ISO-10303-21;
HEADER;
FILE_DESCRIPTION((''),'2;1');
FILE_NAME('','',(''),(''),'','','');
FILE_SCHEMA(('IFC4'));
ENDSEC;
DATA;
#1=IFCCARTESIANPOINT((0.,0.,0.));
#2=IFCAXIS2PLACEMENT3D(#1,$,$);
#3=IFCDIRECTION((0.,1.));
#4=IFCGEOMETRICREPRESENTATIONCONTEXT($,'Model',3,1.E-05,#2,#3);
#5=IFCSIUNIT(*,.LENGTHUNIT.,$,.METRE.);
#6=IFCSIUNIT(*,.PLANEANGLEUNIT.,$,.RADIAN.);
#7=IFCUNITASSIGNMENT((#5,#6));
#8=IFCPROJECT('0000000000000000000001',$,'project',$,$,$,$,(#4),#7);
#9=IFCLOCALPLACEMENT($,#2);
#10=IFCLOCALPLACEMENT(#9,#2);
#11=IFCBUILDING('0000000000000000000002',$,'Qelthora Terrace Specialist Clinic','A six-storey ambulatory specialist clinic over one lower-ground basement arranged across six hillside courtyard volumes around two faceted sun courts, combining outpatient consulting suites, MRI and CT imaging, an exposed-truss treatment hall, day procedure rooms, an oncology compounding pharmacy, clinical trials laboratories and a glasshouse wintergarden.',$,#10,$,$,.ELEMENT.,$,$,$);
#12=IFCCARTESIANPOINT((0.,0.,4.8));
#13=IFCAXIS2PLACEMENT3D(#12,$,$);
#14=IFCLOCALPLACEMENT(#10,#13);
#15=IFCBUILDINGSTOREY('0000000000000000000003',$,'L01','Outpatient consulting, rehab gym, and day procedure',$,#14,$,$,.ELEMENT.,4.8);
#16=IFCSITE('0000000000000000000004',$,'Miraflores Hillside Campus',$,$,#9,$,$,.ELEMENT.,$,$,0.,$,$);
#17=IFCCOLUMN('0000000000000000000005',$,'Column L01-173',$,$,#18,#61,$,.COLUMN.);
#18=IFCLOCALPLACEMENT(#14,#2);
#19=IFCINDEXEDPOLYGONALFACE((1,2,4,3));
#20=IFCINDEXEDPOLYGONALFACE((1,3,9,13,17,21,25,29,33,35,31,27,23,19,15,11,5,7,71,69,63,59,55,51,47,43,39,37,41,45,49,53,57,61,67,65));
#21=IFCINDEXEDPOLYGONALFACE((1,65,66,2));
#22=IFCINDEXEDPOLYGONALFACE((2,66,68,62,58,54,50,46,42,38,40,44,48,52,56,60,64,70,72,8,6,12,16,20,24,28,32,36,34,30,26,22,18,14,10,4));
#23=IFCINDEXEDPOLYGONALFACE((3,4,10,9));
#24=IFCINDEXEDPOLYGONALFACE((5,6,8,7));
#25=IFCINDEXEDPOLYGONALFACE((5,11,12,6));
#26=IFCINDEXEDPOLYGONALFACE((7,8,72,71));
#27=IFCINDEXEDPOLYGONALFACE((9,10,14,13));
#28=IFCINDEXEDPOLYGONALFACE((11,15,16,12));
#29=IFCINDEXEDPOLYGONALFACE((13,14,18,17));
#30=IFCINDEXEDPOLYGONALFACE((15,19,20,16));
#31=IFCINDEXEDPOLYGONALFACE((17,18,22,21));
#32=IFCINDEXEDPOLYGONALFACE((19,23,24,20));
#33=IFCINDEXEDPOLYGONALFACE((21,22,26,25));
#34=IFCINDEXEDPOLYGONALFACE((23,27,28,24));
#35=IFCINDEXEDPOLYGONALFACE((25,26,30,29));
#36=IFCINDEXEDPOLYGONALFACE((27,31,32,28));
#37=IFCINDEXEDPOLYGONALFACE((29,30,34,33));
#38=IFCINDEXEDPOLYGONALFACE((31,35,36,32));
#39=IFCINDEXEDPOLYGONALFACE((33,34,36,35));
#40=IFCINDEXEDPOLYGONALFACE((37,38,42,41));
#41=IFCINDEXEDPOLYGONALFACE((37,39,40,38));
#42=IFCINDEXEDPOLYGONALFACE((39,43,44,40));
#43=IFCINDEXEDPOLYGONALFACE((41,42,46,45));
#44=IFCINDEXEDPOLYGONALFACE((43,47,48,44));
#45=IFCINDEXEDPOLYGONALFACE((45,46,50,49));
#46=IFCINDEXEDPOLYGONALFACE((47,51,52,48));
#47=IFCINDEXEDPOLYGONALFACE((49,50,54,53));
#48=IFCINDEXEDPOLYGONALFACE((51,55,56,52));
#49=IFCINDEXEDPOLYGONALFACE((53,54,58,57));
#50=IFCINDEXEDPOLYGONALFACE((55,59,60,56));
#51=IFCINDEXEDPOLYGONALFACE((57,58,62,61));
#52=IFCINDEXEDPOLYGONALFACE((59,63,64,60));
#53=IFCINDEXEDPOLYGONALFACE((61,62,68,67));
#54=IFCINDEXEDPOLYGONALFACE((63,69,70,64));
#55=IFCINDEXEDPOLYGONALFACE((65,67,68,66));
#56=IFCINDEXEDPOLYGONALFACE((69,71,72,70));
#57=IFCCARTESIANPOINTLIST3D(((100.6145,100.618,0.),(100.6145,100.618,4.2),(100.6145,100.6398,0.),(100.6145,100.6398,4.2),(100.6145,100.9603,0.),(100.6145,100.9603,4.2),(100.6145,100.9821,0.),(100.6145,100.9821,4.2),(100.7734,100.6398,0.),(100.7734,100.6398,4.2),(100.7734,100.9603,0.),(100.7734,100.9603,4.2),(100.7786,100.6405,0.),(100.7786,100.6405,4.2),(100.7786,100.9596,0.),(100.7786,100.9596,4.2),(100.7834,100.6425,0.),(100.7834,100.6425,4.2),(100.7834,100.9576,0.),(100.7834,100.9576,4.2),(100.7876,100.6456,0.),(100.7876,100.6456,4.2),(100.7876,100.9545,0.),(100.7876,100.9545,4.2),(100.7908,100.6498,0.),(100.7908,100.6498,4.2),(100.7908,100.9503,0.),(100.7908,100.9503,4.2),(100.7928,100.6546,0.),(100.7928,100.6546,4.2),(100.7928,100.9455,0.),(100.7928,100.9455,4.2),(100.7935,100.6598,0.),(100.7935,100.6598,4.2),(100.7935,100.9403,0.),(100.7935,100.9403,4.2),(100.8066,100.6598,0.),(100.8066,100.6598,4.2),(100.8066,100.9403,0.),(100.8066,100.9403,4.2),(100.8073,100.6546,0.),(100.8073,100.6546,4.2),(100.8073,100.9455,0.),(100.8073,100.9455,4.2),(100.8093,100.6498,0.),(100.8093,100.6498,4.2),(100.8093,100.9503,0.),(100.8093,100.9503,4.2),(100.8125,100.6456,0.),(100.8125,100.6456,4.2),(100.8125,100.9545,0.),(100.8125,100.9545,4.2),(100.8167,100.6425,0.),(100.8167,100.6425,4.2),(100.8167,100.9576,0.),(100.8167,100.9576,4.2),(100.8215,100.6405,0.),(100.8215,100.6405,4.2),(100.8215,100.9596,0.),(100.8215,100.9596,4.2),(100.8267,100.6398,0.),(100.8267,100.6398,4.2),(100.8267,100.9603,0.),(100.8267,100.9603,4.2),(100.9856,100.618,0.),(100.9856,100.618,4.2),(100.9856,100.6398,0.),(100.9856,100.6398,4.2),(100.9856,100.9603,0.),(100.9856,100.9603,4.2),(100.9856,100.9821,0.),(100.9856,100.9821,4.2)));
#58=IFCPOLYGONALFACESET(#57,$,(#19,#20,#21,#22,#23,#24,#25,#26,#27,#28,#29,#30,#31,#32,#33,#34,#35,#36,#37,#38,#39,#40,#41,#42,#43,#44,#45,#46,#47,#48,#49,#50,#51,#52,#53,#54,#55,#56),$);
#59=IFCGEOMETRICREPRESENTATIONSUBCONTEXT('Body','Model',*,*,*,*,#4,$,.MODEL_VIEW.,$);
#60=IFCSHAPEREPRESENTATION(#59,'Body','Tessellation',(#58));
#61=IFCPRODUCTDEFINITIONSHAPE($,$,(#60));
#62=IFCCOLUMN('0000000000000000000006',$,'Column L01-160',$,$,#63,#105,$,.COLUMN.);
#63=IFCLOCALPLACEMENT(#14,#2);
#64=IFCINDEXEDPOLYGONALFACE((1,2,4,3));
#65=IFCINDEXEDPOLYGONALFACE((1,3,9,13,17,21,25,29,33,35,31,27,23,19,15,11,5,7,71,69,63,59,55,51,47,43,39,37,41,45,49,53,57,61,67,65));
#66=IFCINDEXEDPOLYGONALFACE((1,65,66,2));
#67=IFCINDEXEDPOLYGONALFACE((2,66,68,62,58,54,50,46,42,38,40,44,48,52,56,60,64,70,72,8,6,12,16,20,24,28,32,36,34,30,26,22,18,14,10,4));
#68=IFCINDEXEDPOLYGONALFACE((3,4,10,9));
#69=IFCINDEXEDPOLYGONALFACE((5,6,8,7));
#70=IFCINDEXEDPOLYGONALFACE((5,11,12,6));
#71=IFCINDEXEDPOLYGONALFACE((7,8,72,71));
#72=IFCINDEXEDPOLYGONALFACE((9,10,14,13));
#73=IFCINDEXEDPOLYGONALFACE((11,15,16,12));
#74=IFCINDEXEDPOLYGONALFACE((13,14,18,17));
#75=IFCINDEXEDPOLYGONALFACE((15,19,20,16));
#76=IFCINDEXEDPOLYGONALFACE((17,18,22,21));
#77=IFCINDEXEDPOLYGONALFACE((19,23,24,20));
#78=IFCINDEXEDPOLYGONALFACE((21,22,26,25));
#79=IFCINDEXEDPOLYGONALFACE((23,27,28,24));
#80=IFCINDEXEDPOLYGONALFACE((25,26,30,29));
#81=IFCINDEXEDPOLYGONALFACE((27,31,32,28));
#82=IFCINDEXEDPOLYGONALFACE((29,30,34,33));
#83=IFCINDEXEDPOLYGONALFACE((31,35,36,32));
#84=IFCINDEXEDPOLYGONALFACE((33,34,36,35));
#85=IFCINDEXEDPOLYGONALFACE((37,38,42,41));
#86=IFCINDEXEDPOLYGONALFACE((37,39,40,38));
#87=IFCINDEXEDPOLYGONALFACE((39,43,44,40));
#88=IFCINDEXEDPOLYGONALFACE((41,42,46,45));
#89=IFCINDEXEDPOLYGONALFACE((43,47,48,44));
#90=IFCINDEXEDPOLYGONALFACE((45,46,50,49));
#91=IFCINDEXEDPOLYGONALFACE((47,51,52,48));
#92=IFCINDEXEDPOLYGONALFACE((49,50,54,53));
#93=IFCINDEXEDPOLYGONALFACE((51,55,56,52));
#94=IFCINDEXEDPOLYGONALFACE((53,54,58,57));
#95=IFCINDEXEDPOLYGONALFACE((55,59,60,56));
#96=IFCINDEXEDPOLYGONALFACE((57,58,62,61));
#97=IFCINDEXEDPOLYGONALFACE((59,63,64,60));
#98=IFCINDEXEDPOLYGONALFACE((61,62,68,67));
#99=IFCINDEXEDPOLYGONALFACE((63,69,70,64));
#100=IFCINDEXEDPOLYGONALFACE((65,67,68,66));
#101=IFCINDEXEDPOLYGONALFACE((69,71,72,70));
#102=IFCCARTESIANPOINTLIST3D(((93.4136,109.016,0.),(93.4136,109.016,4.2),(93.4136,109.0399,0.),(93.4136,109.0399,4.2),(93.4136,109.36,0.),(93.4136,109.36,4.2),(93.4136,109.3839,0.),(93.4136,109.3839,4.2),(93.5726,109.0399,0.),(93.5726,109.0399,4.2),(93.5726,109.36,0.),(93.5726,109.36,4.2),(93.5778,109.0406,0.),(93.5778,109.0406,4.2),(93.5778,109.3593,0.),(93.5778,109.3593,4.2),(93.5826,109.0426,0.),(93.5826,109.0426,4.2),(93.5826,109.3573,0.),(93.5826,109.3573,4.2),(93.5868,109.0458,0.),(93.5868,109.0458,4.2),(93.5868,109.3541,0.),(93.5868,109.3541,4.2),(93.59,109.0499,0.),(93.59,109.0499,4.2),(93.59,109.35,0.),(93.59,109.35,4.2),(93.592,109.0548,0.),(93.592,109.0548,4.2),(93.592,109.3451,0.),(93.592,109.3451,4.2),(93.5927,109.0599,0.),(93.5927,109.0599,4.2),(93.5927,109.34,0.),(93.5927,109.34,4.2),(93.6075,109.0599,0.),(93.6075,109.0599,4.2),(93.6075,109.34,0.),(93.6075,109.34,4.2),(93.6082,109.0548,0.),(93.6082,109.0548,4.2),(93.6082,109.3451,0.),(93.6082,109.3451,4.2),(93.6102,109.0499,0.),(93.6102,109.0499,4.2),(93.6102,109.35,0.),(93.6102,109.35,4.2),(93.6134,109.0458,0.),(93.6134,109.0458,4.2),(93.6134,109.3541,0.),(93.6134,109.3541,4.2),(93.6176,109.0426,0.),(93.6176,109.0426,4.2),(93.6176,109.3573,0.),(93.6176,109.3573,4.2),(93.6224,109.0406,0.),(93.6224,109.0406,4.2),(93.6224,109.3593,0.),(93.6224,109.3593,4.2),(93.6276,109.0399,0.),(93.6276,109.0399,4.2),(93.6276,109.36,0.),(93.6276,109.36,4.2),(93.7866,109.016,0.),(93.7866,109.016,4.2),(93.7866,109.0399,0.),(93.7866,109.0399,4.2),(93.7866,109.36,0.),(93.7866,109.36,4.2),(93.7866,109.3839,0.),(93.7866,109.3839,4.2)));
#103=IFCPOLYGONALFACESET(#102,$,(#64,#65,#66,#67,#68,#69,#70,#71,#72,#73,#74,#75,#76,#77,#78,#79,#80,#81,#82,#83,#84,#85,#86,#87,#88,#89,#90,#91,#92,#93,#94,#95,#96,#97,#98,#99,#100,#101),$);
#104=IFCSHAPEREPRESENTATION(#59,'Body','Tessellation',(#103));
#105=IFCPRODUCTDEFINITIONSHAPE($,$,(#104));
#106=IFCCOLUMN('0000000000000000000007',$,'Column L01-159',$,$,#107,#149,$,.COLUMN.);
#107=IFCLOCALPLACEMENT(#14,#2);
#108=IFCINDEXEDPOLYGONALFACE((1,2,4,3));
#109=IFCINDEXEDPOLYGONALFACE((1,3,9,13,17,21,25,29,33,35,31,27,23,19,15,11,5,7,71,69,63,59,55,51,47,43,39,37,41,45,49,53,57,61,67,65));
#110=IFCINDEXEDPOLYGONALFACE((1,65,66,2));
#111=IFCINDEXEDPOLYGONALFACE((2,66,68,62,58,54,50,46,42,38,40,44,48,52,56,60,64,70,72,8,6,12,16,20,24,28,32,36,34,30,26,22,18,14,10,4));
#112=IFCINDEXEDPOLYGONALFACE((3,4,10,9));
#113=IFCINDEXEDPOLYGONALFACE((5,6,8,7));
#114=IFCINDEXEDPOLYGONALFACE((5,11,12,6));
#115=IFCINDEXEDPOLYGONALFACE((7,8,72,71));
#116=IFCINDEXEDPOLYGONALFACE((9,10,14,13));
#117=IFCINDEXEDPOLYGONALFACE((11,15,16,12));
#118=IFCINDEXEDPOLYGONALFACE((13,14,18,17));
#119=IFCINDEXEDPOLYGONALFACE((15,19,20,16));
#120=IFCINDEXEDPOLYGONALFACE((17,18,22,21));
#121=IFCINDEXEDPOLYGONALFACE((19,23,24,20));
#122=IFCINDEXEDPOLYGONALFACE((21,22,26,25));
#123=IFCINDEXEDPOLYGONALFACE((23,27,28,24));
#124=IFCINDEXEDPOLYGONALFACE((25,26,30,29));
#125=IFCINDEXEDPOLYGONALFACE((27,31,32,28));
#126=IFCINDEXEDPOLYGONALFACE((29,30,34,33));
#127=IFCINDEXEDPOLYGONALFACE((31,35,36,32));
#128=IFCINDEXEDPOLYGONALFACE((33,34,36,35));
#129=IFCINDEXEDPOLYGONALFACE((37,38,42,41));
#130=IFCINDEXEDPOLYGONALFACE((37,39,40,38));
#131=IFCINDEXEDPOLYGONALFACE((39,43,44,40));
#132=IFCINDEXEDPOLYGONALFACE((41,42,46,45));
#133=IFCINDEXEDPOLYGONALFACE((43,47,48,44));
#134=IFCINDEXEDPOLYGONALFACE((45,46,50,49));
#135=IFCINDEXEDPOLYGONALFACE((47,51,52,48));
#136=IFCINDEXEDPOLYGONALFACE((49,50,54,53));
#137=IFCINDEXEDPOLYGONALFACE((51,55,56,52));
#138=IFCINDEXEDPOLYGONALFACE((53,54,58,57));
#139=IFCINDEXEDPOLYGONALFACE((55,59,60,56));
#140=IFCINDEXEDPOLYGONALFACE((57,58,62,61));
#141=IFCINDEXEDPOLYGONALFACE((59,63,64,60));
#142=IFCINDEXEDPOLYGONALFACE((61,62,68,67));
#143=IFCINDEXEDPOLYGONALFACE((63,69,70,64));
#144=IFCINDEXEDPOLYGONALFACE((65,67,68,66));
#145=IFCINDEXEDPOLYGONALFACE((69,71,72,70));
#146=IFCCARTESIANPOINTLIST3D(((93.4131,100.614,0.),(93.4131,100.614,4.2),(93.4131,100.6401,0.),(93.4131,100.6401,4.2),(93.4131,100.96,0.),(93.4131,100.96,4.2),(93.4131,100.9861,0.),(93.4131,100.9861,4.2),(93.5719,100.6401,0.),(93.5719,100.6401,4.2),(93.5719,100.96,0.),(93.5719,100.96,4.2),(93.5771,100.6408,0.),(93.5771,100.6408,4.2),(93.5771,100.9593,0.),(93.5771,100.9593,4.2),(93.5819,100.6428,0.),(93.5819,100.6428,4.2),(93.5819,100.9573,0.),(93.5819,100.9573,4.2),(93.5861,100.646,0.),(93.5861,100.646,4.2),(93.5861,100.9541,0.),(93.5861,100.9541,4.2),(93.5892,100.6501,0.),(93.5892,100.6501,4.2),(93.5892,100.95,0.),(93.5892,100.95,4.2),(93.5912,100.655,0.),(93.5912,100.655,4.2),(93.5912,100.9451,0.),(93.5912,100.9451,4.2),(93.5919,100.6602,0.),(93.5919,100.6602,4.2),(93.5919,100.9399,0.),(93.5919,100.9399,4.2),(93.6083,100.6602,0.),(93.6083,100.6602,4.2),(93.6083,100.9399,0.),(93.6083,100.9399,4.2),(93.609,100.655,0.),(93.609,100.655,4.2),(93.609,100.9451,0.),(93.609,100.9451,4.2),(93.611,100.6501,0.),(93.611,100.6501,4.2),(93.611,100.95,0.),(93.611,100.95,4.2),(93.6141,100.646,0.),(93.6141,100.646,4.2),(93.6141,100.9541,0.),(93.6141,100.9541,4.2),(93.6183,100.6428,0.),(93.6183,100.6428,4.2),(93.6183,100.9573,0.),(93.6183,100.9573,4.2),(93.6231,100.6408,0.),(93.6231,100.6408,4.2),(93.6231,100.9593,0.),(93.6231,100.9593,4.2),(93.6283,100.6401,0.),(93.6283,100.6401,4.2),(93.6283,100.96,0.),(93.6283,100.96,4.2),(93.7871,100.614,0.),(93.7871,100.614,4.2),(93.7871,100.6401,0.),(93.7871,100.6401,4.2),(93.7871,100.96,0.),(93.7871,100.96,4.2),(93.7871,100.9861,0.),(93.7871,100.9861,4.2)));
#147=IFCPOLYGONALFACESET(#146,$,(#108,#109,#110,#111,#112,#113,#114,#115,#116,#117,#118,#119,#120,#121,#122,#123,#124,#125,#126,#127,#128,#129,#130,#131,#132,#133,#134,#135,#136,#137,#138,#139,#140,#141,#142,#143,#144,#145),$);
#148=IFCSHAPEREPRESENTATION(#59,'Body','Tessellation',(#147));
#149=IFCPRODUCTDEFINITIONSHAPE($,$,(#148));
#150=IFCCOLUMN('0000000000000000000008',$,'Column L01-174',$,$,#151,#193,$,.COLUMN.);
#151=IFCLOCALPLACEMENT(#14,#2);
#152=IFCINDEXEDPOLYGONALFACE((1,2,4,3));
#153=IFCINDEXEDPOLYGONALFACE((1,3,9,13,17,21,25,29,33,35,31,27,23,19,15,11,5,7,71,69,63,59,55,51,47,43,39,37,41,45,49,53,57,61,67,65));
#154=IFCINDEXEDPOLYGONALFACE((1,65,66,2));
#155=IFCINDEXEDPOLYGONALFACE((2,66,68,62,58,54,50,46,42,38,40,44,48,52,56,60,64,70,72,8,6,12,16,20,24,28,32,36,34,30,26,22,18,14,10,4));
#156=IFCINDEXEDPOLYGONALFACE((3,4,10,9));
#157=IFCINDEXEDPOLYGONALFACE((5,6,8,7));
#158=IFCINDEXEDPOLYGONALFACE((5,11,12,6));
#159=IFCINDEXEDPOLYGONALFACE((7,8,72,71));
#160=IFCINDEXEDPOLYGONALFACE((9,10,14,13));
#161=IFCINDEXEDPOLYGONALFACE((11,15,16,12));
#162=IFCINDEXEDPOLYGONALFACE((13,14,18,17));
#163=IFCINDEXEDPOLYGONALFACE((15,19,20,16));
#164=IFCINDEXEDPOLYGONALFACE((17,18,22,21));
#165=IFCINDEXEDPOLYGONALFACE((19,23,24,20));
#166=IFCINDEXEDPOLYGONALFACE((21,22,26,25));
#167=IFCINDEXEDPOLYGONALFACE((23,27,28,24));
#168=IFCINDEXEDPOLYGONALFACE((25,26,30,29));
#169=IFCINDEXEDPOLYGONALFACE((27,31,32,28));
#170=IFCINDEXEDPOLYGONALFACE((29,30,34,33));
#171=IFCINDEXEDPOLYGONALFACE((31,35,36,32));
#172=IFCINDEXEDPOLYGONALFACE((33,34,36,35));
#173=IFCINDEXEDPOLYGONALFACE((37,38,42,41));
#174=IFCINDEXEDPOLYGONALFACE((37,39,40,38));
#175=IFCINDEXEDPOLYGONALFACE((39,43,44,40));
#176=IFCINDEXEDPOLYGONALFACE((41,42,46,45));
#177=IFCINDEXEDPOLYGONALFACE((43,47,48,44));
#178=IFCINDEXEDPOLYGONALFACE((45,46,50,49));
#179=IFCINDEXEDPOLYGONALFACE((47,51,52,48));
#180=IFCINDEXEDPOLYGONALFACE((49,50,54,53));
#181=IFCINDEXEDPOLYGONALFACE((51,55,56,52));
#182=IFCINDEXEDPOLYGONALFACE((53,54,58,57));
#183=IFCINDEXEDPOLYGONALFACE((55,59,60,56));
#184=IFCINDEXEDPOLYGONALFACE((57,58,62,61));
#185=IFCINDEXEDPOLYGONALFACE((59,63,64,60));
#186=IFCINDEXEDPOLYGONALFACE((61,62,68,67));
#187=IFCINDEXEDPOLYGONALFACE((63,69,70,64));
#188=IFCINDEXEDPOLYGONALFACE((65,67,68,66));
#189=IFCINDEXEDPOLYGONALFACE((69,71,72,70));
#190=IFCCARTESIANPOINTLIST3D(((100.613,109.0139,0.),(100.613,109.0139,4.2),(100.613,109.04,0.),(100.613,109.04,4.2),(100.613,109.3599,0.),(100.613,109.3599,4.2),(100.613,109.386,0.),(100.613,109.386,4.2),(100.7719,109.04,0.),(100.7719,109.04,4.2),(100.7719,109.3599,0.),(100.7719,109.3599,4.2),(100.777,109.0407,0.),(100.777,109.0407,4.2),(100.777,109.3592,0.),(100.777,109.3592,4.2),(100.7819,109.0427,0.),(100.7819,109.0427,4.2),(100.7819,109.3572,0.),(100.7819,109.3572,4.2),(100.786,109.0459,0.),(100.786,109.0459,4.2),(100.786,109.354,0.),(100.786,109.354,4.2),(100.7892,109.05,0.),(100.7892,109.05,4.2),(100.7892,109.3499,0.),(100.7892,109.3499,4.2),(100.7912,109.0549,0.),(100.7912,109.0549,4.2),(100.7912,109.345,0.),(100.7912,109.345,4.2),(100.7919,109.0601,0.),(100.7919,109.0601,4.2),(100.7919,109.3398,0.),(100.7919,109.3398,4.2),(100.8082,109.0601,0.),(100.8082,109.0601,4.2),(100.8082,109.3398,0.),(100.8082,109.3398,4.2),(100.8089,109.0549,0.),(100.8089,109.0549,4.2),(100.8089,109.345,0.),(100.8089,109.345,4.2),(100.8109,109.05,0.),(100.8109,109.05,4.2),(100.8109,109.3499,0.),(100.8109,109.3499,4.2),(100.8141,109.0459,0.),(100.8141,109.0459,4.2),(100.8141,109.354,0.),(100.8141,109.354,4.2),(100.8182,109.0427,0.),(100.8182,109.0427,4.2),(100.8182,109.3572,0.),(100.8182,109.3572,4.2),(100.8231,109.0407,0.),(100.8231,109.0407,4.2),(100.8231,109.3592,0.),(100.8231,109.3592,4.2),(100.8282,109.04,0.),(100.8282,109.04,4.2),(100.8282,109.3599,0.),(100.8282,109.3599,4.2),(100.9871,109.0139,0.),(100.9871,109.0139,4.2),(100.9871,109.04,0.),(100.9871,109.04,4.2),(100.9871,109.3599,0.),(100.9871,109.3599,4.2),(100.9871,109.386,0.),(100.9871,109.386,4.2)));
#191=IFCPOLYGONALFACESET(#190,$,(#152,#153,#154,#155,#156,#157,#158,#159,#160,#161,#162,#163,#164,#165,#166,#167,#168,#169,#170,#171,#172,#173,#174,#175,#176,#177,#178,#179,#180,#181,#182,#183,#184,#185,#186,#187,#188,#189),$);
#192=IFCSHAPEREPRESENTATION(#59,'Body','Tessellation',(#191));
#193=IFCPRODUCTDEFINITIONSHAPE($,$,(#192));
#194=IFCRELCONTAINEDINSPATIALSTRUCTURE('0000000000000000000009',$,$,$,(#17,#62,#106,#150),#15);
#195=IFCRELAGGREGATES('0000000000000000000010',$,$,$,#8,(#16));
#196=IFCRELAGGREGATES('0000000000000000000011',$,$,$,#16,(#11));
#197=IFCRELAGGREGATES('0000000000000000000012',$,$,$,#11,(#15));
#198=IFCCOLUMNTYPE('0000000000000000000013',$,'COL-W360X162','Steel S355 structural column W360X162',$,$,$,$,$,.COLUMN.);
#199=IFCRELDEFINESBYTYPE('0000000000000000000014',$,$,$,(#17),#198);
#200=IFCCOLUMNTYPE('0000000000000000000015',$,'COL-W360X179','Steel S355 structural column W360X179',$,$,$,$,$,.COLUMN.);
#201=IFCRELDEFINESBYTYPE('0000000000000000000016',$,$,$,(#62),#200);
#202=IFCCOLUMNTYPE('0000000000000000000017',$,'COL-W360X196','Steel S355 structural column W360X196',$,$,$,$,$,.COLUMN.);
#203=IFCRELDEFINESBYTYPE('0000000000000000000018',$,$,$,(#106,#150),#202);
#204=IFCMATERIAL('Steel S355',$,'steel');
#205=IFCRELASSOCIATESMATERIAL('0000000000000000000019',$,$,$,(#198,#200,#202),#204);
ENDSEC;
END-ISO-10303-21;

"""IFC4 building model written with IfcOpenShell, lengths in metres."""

from ifc_helpers import new_model, si_unit, direction, frame, origin, origin_2d, place, context, subcontext, project, spatial, i_section, extrude, material, material_profile, profile_set, type_object, element, save


model = new_model("IFC4")

# Units and contexts
model_context = context("Model", 3, precision=1e-05, world=origin(), true_north=direction((0.0, 1.0)))
body_context = subcontext(model_context, "Body", "Model", "MODEL_VIEW")
ifc_project = project(units=[si_unit("LENGTHUNIT", "METRE"), si_unit("PLANEANGLEUNIT", "RADIAN")], contexts=[model_context])

# Site, building, storey
site_placement = place(None, origin())
site = spatial("IfcSite", under=ifc_project, at=site_placement, Name="Miraflores Hillside Campus", CompositionType="ELEMENT", RefElevation=0.0)
building_placement = place(site_placement, origin())
building = spatial("IfcBuilding", under=site, at=building_placement, Name="Qelthora Terrace Specialist Clinic", Description="A six-storey ambulatory specialist clinic over one lower-ground basement arranged across six hillside courtyard volumes around two faceted sun courts, combining outpatient consulting suites, MRI and CT imaging, an exposed-truss treatment hall, day procedure rooms, an oncology compounding pharmacy, clinical trials laboratories and a glasshouse wintergarden.", CompositionType="ELEMENT")
storey_placement = place(building_placement, frame((0.0, 0.0, 4.8)))
storey = spatial("IfcBuildingStorey", under=building, at=storey_placement, Name="L01", Description="Outpatient consulting, rehab gym, and day procedure", CompositionType="ELEMENT", Elevation=4.8)

# Columns
ifc_material_1 = material(Name="Steel S355", Category="steel")
ifc_material_profile_1 = material_profile(ifc_material_1, i_section(OverallWidth=0.3711, OverallDepth=0.364, WebThickness=0.0132, FlangeThickness=0.0217, FilletRadius=0.02, at=origin_2d()), Name="W360X162")
ifc_profile_set_1 = profile_set([ifc_material_profile_1], Name="Steel S355")
column_type_1 = type_object("IfcColumnType", Name="COL-W360X162", Description="Steel S355 structural column W360X162", PredefinedType="COLUMN", material=ifc_profile_set_1)
column_1_placement = place(storey_placement, frame((100.8, 100.8, 0.0), z_axis=(0.0, 0.0, 1.0), x_axis=(1.0, 0.0, 0.0)))
element("IfcColumn", 1, at=column_1_placement, inside=storey, type_object=column_type_1, Name="Column L01-173", PredefinedType="COLUMN", context=body_context, shape_type="SweptSolid", body=[
    extrude(i_section(OverallWidth=0.3711, OverallDepth=0.364, WebThickness=0.0132, FlangeThickness=0.0217, FilletRadius=0.02, at=origin_2d()), origin(), (0.0, 0.0, 1.0), 4.2),
])
ifc_material_profile_2 = material_profile(ifc_material_1, i_section(OverallWidth=0.373, OverallDepth=0.3679, WebThickness=0.0149, FlangeThickness=0.0239, FilletRadius=0.02, at=origin_2d()), Name="W360X179")
ifc_profile_set_2 = profile_set([ifc_material_profile_2], Name="Steel S355")
column_type_2 = type_object("IfcColumnType", Name="COL-W360X179", Description="Steel S355 structural column W360X179", PredefinedType="COLUMN", material=ifc_profile_set_2)
column_2_placement = place(storey_placement, frame((93.6001, 109.2, 0.0), z_axis=(0.0, 0.0, 1.0), x_axis=(1.0, 0.0, 0.0)))
element("IfcColumn", 2, at=column_2_placement, inside=storey, type_object=column_type_2, Name="Column L01-160", PredefinedType="COLUMN", context=body_context, shape_type="SweptSolid", body=[
    extrude(i_section(OverallWidth=0.373, OverallDepth=0.3679, WebThickness=0.0149, FlangeThickness=0.0239, FilletRadius=0.02, at=origin_2d()), origin(), (0.0, 0.0, 1.0), 4.2),
])
ifc_material_profile_3 = material_profile(ifc_material_1, i_section(OverallWidth=0.374, OverallDepth=0.3721, WebThickness=0.0164, FlangeThickness=0.0261, FilletRadius=0.02, at=origin_2d()), Name="W360X196")
ifc_profile_set_3 = profile_set([ifc_material_profile_3], Name="Steel S355")
column_type_3 = type_object("IfcColumnType", Name="COL-W360X196", Description="Steel S355 structural column W360X196", PredefinedType="COLUMN", material=ifc_profile_set_3)
for number, where, z_axis, x_axis, name in (
    (3, (93.6001, 100.8, 0.0), (0.0, 0.0, 1.0), (1.0, 0.0, 0.0), "Column L01-159"),
    (4, (100.8, 109.2, 0.0), (0.0, 0.0, 1.0), (1.0, 0.0, 0.0), "Column L01-174"),
):
    element("IfcColumn", number, at=place(storey_placement, frame(where, z_axis=z_axis, x_axis=x_axis)), inside=storey, type_object=column_type_3, Name=name, PredefinedType="COLUMN", context=body_context, shape_type="SweptSolid", body=[
        extrude(i_section(OverallWidth=0.374, OverallDepth=0.3721, WebThickness=0.0164, FlangeThickness=0.0261, FilletRadius=0.02, at=origin_2d()), origin(), (0.0, 0.0, 1.0), 4.2),
    ])

save(model, "model.ifc")
